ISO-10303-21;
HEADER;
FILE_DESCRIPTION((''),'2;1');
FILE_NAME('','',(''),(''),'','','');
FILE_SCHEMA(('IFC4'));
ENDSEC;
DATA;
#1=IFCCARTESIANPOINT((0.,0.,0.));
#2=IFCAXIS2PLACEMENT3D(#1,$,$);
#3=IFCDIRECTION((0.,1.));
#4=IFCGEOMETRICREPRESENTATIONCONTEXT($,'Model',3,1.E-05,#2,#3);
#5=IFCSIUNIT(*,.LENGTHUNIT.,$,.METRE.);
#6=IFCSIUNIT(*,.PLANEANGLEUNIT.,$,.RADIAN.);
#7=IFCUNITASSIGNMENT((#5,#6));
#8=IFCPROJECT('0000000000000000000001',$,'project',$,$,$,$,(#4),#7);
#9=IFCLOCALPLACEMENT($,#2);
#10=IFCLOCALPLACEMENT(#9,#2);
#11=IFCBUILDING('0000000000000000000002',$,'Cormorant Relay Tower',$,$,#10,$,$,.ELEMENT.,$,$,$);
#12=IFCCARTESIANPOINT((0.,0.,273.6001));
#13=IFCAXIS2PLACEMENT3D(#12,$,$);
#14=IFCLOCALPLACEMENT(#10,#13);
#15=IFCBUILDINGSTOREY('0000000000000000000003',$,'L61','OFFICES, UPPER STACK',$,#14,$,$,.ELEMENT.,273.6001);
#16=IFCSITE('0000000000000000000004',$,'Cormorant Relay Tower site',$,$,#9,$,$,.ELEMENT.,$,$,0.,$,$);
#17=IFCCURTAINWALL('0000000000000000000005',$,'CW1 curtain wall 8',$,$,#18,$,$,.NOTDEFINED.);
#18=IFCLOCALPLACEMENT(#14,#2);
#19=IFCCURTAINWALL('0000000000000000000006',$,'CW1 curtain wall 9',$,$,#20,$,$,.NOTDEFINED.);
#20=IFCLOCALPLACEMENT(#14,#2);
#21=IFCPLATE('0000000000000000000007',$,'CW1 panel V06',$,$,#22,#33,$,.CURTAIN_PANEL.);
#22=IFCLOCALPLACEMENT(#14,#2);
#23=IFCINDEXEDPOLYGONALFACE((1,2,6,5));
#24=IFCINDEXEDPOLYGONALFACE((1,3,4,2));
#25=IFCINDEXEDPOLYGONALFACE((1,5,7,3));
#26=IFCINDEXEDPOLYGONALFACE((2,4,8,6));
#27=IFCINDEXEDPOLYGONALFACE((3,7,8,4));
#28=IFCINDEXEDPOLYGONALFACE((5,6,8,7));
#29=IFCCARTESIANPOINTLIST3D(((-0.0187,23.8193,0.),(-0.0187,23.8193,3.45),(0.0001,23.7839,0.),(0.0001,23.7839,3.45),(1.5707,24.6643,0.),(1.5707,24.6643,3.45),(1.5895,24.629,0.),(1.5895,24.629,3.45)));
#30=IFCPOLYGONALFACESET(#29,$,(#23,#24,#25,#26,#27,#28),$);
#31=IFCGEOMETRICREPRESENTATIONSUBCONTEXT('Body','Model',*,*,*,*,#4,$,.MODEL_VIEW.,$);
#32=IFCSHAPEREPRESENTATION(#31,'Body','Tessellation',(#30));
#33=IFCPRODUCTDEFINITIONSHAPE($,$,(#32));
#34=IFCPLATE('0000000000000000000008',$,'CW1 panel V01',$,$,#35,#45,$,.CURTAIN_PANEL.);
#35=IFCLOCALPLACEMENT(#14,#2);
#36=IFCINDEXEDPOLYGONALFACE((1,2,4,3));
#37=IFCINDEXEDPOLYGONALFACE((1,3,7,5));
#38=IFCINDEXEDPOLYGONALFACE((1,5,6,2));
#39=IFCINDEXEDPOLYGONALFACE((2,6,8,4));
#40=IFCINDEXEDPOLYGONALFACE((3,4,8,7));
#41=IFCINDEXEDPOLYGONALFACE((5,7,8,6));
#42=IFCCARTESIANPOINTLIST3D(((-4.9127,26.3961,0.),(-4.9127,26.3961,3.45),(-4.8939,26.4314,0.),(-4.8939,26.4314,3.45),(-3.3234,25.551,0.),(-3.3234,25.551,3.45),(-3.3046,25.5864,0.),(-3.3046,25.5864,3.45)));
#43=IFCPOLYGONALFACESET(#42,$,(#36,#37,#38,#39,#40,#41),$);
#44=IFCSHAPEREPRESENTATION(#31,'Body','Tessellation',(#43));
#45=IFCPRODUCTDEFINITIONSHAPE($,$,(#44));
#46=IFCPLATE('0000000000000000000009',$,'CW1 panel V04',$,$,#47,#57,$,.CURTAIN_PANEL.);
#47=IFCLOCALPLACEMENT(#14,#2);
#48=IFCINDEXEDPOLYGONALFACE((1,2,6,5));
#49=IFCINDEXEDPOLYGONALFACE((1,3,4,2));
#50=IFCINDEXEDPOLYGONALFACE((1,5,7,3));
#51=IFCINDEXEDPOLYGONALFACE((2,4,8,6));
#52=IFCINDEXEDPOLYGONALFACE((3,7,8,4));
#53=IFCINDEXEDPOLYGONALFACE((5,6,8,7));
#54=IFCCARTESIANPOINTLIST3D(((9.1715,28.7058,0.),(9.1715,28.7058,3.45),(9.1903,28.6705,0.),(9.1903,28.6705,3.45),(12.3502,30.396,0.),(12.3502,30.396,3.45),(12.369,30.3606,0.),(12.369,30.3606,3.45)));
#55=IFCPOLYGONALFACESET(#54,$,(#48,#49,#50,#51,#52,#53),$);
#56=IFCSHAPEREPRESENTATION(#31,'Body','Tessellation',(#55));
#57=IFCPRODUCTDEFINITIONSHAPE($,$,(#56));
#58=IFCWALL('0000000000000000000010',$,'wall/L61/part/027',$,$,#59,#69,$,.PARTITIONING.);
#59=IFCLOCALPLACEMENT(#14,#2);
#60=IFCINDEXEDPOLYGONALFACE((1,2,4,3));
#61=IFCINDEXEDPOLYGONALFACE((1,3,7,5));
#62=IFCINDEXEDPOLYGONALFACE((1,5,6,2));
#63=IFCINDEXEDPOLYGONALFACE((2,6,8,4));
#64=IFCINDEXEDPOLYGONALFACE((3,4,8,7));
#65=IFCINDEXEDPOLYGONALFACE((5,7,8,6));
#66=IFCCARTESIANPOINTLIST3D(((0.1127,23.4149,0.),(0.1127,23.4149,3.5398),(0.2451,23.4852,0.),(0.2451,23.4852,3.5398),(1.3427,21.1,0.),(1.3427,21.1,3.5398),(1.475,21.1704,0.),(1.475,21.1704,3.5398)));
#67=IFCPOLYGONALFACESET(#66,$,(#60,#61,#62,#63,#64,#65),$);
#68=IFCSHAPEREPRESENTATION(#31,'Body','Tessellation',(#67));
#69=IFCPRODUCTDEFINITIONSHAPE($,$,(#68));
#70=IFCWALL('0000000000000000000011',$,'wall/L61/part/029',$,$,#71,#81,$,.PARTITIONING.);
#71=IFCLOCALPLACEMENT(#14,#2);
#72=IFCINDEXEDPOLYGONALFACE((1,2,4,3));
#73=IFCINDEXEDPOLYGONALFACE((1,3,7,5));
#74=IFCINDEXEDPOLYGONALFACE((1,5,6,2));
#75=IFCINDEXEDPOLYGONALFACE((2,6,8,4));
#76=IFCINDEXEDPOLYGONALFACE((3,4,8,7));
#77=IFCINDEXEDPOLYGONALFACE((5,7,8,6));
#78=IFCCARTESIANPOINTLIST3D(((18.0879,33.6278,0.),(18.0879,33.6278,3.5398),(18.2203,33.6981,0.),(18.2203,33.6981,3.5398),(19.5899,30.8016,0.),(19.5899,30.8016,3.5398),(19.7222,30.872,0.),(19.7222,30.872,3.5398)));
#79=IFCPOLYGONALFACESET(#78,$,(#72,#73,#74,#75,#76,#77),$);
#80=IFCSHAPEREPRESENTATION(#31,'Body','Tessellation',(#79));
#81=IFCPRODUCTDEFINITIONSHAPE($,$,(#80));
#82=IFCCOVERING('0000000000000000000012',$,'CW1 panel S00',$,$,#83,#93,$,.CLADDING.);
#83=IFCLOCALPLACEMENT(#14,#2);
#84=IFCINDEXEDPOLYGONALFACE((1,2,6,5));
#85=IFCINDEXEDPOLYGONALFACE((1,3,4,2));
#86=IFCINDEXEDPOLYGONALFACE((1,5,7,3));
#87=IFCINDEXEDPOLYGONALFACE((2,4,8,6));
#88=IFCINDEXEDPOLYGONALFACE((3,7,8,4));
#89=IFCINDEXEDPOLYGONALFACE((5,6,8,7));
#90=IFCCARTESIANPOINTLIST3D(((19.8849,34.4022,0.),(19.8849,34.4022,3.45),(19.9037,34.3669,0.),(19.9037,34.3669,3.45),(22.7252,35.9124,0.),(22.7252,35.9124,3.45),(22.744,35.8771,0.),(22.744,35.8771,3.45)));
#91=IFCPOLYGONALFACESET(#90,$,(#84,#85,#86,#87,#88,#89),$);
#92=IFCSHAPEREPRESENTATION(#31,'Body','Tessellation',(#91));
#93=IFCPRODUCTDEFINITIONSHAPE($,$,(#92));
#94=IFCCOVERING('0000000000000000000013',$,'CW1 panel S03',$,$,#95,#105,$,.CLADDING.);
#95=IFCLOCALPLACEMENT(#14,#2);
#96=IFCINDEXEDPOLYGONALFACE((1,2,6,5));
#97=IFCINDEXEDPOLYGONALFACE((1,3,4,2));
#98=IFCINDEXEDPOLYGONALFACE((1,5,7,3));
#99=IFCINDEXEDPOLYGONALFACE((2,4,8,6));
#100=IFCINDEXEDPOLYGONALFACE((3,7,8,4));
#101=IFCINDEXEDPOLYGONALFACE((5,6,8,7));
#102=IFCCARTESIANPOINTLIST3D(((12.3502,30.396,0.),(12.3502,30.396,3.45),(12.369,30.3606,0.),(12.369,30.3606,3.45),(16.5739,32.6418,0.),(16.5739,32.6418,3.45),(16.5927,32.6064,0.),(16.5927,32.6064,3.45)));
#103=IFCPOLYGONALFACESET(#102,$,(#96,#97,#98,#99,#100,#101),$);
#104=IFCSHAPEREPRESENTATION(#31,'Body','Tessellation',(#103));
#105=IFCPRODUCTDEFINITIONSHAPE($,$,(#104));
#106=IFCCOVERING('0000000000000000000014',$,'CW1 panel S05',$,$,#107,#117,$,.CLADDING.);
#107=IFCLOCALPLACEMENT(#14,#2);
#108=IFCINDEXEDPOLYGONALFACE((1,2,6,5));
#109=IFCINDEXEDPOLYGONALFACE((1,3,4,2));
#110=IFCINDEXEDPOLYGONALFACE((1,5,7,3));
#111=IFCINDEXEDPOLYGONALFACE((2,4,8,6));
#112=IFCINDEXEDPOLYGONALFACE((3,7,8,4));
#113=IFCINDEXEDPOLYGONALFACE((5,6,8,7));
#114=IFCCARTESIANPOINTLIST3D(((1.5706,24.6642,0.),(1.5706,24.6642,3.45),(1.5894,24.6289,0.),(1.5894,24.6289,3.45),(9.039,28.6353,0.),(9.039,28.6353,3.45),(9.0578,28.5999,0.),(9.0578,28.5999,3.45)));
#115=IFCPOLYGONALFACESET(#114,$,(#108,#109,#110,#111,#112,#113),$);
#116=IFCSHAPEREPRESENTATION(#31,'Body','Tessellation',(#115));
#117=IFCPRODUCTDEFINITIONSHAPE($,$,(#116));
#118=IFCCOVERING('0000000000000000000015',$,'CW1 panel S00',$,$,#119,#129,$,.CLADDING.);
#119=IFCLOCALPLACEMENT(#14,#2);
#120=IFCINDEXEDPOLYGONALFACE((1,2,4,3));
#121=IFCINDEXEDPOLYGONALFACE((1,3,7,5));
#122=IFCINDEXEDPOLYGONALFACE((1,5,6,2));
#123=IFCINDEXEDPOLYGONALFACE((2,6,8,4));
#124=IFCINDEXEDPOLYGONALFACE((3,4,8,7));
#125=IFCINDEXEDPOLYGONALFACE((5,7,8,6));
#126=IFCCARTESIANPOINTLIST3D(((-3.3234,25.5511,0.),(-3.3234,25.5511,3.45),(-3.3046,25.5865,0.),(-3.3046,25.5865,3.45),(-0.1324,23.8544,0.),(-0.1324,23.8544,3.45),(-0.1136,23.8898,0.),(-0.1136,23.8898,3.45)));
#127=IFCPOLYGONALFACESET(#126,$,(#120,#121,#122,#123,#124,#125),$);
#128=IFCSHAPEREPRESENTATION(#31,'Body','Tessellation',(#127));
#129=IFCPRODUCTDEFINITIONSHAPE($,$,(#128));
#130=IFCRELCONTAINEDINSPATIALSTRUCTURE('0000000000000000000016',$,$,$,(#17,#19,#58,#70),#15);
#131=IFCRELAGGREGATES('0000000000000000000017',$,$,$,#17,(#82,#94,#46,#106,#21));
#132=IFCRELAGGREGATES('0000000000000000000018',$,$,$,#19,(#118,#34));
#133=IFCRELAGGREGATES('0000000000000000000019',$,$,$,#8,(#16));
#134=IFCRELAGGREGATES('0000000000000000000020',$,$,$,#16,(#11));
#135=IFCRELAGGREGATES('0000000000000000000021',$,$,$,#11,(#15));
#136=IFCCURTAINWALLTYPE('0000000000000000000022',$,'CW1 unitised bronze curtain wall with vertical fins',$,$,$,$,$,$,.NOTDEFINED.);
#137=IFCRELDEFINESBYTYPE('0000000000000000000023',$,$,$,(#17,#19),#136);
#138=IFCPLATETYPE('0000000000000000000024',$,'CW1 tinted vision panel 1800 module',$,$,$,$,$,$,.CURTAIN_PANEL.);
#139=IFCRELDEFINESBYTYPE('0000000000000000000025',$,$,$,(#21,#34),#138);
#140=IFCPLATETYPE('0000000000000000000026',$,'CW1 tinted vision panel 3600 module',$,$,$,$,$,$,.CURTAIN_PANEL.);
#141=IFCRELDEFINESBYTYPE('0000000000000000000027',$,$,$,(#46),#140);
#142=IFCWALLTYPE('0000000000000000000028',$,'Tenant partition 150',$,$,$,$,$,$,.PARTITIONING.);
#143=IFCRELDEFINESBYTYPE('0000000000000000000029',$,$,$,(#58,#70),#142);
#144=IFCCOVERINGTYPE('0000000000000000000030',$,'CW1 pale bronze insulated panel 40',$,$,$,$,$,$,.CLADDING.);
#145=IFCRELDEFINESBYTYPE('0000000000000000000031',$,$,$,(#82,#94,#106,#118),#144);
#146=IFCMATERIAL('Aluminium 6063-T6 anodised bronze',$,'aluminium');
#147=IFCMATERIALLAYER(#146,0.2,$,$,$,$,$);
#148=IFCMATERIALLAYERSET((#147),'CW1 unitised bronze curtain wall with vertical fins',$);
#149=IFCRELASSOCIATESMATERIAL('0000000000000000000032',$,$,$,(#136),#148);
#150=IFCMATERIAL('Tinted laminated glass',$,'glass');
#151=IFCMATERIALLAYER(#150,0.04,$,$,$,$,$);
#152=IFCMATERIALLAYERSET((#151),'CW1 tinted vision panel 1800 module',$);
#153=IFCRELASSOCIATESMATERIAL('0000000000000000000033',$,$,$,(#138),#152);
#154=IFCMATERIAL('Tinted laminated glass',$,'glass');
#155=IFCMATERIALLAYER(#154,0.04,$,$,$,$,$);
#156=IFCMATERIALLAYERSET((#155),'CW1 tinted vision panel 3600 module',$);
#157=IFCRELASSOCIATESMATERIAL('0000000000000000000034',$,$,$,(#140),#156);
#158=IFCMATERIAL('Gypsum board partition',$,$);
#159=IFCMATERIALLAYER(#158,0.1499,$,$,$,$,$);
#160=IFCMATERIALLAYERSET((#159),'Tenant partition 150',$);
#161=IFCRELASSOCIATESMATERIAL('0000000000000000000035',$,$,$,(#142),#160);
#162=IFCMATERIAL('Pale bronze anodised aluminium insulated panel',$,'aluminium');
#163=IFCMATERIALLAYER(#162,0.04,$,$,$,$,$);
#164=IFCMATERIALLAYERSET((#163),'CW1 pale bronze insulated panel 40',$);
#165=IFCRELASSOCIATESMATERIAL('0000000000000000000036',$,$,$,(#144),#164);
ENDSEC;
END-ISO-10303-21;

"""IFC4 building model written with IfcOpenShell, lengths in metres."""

from ifc_helpers import new_model, si_unit, direction, frame, frame_2d, origin, origin_2d, place, context, subcontext, project, spatial, rectangle, extrude, material, layer, layer_set, type_object, element, aggregate, save


model = new_model("IFC4")

# Units and contexts
model_context = context("Model", 3, precision=1e-05, world=origin(), true_north=direction((0.0, 1.0)))
body_context = subcontext(model_context, "Body", "Model", "MODEL_VIEW")
ifc_project = project(units=[si_unit("LENGTHUNIT", "METRE"), si_unit("PLANEANGLEUNIT", "RADIAN")], contexts=[model_context])

# Site, building, storey
site_placement = place(None, origin())
site = spatial("IfcSite", under=ifc_project, at=site_placement, Name="Cormorant Relay Tower site", CompositionType="ELEMENT", RefElevation=0.0)
building_placement = place(site_placement, origin())
building = spatial("IfcBuilding", under=site, at=building_placement, Name="Cormorant Relay Tower", CompositionType="ELEMENT")
storey_placement = place(building_placement, frame((0.0, 0.0, 273.6001)))
storey = spatial("IfcBuildingStorey", under=building, at=storey_placement, Name="L61", Description="OFFICES, UPPER STACK", CompositionType="ELEMENT", Elevation=273.6001)

# Curtain wall
ifc_material_1 = material(Name="Aluminium 6063-T6 anodised bronze", Category="aluminium")
ifc_layer_1 = layer(ifc_material_1, 0.2)
ifc_layer_set_1 = layer_set([ifc_layer_1], Name="CW1 unitised bronze curtain wall with vertical fins")
curtain_wall_type = type_object("IfcCurtainWallType", Name="CW1 unitised bronze curtain wall with vertical fins", PredefinedType="NOTDEFINED", material=ifc_layer_set_1)
curtain_wall_1_placement = place(storey_placement, origin())
curtain_wall_1 = element("IfcCurtainWall", 1, at=curtain_wall_1_placement, inside=storey, type_object=curtain_wall_type, Name="CW1 curtain wall 8", PredefinedType="NOTDEFINED")

# Curtain wall
curtain_wall_2_placement = place(storey_placement, origin())
curtain_wall_2 = element("IfcCurtainWall", 2, at=curtain_wall_2_placement, inside=storey, type_object=curtain_wall_type, Name="CW1 curtain wall 9", PredefinedType="NOTDEFINED")

# Plates
ifc_material_2 = material(Name="Tinted laminated glass", Category="glass")
ifc_layer_2 = layer(ifc_material_2, 0.04)
ifc_layer_set_2 = layer_set([ifc_layer_2], Name="CW1 tinted vision panel 1800 module")
plate_type_1 = type_object("IfcPlateType", Name="CW1 tinted vision panel 1800 module", PredefinedType="CURTAIN_PANEL", material=ifc_layer_set_2)
plate_1_placement = place(storey_placement, frame((0.7854, 24.2241, 0.0), z_axis=(0.0, 0.0, 1.0), x_axis=(-0.882948, -0.469472, 0.0)))
plate_1 = element("IfcPlate", 3, at=plate_1_placement, type_object=plate_type_1, Name="CW1 panel V06", PredefinedType="CURTAIN_PANEL", context=body_context, shape_type="SweptSolid", body=[
    extrude(rectangle(XDim=1.8, YDim=0.04, at=origin_2d()), origin(), (0.0, 0.0, 1.0), 3.45),
])
plate_2_placement = place(storey_placement, frame((-4.1086, 25.9912, 0.0), z_axis=(0.0, 0.0, 1.0), x_axis=(-0.882948, 0.469472, 0.0)))
plate_2 = element("IfcPlate", 4, at=plate_2_placement, type_object=plate_type_1, Name="CW1 panel V01", PredefinedType="CURTAIN_PANEL", context=body_context, shape_type="SweptSolid", body=[
    extrude(rectangle(XDim=1.8, YDim=0.04, at=origin_2d()), origin(), (0.0, 0.0, 1.0), 3.45),
])
ifc_material_3 = material(Name="Tinted laminated glass", Category="glass")
ifc_layer_3 = layer(ifc_material_3, 0.04)
ifc_layer_set_3 = layer_set([ifc_layer_3], Name="CW1 tinted vision panel 3600 module")
plate_type_2 = type_object("IfcPlateType", Name="CW1 tinted vision panel 3600 module", PredefinedType="CURTAIN_PANEL", material=ifc_layer_set_3)
plate_3_placement = place(storey_placement, frame((10.7703, 29.5332, 0.0), z_axis=(0.0, 0.0, 1.0), x_axis=(-0.882948, -0.469472, 0.0)))
plate_3 = element("IfcPlate", 5, at=plate_3_placement, type_object=plate_type_2, Name="CW1 panel V04", PredefinedType="CURTAIN_PANEL", context=body_context, shape_type="SweptSolid", body=[
    extrude(rectangle(XDim=3.6001, YDim=0.04, at=origin_2d()), origin(), (0.0, 0.0, 1.0), 3.45),
])

# Walls
ifc_material_4 = material(Name="Gypsum board partition")
ifc_layer_4 = layer(ifc_material_4, 0.1499)
ifc_layer_set_4 = layer_set([ifc_layer_4], Name="Tenant partition 150")
wall_type = type_object("IfcWallType", Name="Tenant partition 150", PredefinedType="PARTITIONING", material=ifc_layer_set_4)
wall_1_placement = place(storey_placement, frame((0.179, 23.45, 0.0), z_axis=(0.0, 0.0, 1.0), x_axis=(0.469205, -0.883089, 0.0)))
element("IfcWall", 6, at=wall_1_placement, inside=storey, type_object=wall_type, Name="wall/L61/part/027", PredefinedType="PARTITIONING", context=body_context, shape_type="SweptSolid", body=[
    extrude(rectangle(XDim=2.6213, YDim=0.1499, at=frame_2d((1.3105, 0.0))), origin(), (0.0, 0.0, 1.0), 3.5398),
])
wall_2_placement = place(storey_placement, frame((19.656, 30.8369, 0.0), z_axis=(0.0, 0.0, 1.0), x_axis=(-0.469289, 0.883045, 0.0)))
element("IfcWall", 7, at=wall_2_placement, inside=storey, type_object=wall_type, Name="wall/L61/part/029", PredefinedType="PARTITIONING", context=body_context, shape_type="SweptSolid", body=[
    extrude(rectangle(XDim=3.2004, YDim=0.1499, at=frame_2d((1.6001, 0.0))), origin(), (0.0, 0.0, 1.0), 3.5398),
])

# Coverings
ifc_material_5 = material(Name="Pale bronze anodised aluminium insulated panel", Category="aluminium")
ifc_layer_5 = layer(ifc_material_5, 0.04)
ifc_layer_set_5 = layer_set([ifc_layer_5], Name="CW1 pale bronze insulated panel 40")
covering_type = type_object("IfcCoveringType", Name="CW1 pale bronze insulated panel 40", PredefinedType="CLADDING", material=ifc_layer_set_5)
covering_1_placement = place(storey_placement, frame((21.3145, 35.1396, 0.0), z_axis=(0.0, 0.0, 1.0), x_axis=(-0.882948, -0.469472, 0.0)))
covering_1 = element("IfcCovering", 8, at=covering_1_placement, type_object=covering_type, Name="CW1 panel S00", PredefinedType="CLADDING", context=body_context, shape_type="SweptSolid", body=[
    extrude(rectangle(XDim=3.2168, YDim=0.04, at=origin_2d()), origin(), (0.0, 0.0, 1.0), 3.45),
])
covering_2_placement = place(storey_placement, frame((14.4714, 31.5012, 0.0), z_axis=(0.0, 0.0, 1.0), x_axis=(-0.882948, -0.469472, 0.0)))
covering_2 = element("IfcCovering", 9, at=covering_2_placement, type_object=covering_type, Name="CW1 panel S03", PredefinedType="CLADDING", context=body_context, shape_type="SweptSolid", body=[
    extrude(rectangle(XDim=4.7837, YDim=0.04, at=origin_2d()), origin(), (0.0, 0.0, 1.0), 3.45),
])
covering_3_placement = place(storey_placement, frame((5.3142, 26.6321, 0.0), z_axis=(0.0, 0.0, 1.0), x_axis=(-0.882948, -0.469472, 0.0)))
covering_3 = element("IfcCovering", 10, at=covering_3_placement, type_object=covering_type, Name="CW1 panel S05", PredefinedType="CLADDING", context=body_context, shape_type="SweptSolid", body=[
    extrude(rectangle(XDim=8.4585, YDim=0.04, at=origin_2d()), origin(), (0.0, 0.0, 1.0), 3.45),
])
aggregate(curtain_wall_1, [covering_1, covering_2, plate_3, covering_3, plate_1])
covering_4_placement = place(storey_placement, frame((-1.7185, 24.7205, 0.0), z_axis=(0.0, 0.0, 1.0), x_axis=(-0.882948, 0.469472, 0.0)))
covering_4 = element("IfcCovering", 11, at=covering_4_placement, type_object=covering_type, Name="CW1 panel S00", PredefinedType="CLADDING", context=body_context, shape_type="SweptSolid", body=[
    extrude(rectangle(XDim=3.614, YDim=0.04, at=origin_2d()), origin(), (0.0, 0.0, 1.0), 3.45),
])
aggregate(curtain_wall_2, [covering_4, plate_2])

save(model, "model.ifc")
